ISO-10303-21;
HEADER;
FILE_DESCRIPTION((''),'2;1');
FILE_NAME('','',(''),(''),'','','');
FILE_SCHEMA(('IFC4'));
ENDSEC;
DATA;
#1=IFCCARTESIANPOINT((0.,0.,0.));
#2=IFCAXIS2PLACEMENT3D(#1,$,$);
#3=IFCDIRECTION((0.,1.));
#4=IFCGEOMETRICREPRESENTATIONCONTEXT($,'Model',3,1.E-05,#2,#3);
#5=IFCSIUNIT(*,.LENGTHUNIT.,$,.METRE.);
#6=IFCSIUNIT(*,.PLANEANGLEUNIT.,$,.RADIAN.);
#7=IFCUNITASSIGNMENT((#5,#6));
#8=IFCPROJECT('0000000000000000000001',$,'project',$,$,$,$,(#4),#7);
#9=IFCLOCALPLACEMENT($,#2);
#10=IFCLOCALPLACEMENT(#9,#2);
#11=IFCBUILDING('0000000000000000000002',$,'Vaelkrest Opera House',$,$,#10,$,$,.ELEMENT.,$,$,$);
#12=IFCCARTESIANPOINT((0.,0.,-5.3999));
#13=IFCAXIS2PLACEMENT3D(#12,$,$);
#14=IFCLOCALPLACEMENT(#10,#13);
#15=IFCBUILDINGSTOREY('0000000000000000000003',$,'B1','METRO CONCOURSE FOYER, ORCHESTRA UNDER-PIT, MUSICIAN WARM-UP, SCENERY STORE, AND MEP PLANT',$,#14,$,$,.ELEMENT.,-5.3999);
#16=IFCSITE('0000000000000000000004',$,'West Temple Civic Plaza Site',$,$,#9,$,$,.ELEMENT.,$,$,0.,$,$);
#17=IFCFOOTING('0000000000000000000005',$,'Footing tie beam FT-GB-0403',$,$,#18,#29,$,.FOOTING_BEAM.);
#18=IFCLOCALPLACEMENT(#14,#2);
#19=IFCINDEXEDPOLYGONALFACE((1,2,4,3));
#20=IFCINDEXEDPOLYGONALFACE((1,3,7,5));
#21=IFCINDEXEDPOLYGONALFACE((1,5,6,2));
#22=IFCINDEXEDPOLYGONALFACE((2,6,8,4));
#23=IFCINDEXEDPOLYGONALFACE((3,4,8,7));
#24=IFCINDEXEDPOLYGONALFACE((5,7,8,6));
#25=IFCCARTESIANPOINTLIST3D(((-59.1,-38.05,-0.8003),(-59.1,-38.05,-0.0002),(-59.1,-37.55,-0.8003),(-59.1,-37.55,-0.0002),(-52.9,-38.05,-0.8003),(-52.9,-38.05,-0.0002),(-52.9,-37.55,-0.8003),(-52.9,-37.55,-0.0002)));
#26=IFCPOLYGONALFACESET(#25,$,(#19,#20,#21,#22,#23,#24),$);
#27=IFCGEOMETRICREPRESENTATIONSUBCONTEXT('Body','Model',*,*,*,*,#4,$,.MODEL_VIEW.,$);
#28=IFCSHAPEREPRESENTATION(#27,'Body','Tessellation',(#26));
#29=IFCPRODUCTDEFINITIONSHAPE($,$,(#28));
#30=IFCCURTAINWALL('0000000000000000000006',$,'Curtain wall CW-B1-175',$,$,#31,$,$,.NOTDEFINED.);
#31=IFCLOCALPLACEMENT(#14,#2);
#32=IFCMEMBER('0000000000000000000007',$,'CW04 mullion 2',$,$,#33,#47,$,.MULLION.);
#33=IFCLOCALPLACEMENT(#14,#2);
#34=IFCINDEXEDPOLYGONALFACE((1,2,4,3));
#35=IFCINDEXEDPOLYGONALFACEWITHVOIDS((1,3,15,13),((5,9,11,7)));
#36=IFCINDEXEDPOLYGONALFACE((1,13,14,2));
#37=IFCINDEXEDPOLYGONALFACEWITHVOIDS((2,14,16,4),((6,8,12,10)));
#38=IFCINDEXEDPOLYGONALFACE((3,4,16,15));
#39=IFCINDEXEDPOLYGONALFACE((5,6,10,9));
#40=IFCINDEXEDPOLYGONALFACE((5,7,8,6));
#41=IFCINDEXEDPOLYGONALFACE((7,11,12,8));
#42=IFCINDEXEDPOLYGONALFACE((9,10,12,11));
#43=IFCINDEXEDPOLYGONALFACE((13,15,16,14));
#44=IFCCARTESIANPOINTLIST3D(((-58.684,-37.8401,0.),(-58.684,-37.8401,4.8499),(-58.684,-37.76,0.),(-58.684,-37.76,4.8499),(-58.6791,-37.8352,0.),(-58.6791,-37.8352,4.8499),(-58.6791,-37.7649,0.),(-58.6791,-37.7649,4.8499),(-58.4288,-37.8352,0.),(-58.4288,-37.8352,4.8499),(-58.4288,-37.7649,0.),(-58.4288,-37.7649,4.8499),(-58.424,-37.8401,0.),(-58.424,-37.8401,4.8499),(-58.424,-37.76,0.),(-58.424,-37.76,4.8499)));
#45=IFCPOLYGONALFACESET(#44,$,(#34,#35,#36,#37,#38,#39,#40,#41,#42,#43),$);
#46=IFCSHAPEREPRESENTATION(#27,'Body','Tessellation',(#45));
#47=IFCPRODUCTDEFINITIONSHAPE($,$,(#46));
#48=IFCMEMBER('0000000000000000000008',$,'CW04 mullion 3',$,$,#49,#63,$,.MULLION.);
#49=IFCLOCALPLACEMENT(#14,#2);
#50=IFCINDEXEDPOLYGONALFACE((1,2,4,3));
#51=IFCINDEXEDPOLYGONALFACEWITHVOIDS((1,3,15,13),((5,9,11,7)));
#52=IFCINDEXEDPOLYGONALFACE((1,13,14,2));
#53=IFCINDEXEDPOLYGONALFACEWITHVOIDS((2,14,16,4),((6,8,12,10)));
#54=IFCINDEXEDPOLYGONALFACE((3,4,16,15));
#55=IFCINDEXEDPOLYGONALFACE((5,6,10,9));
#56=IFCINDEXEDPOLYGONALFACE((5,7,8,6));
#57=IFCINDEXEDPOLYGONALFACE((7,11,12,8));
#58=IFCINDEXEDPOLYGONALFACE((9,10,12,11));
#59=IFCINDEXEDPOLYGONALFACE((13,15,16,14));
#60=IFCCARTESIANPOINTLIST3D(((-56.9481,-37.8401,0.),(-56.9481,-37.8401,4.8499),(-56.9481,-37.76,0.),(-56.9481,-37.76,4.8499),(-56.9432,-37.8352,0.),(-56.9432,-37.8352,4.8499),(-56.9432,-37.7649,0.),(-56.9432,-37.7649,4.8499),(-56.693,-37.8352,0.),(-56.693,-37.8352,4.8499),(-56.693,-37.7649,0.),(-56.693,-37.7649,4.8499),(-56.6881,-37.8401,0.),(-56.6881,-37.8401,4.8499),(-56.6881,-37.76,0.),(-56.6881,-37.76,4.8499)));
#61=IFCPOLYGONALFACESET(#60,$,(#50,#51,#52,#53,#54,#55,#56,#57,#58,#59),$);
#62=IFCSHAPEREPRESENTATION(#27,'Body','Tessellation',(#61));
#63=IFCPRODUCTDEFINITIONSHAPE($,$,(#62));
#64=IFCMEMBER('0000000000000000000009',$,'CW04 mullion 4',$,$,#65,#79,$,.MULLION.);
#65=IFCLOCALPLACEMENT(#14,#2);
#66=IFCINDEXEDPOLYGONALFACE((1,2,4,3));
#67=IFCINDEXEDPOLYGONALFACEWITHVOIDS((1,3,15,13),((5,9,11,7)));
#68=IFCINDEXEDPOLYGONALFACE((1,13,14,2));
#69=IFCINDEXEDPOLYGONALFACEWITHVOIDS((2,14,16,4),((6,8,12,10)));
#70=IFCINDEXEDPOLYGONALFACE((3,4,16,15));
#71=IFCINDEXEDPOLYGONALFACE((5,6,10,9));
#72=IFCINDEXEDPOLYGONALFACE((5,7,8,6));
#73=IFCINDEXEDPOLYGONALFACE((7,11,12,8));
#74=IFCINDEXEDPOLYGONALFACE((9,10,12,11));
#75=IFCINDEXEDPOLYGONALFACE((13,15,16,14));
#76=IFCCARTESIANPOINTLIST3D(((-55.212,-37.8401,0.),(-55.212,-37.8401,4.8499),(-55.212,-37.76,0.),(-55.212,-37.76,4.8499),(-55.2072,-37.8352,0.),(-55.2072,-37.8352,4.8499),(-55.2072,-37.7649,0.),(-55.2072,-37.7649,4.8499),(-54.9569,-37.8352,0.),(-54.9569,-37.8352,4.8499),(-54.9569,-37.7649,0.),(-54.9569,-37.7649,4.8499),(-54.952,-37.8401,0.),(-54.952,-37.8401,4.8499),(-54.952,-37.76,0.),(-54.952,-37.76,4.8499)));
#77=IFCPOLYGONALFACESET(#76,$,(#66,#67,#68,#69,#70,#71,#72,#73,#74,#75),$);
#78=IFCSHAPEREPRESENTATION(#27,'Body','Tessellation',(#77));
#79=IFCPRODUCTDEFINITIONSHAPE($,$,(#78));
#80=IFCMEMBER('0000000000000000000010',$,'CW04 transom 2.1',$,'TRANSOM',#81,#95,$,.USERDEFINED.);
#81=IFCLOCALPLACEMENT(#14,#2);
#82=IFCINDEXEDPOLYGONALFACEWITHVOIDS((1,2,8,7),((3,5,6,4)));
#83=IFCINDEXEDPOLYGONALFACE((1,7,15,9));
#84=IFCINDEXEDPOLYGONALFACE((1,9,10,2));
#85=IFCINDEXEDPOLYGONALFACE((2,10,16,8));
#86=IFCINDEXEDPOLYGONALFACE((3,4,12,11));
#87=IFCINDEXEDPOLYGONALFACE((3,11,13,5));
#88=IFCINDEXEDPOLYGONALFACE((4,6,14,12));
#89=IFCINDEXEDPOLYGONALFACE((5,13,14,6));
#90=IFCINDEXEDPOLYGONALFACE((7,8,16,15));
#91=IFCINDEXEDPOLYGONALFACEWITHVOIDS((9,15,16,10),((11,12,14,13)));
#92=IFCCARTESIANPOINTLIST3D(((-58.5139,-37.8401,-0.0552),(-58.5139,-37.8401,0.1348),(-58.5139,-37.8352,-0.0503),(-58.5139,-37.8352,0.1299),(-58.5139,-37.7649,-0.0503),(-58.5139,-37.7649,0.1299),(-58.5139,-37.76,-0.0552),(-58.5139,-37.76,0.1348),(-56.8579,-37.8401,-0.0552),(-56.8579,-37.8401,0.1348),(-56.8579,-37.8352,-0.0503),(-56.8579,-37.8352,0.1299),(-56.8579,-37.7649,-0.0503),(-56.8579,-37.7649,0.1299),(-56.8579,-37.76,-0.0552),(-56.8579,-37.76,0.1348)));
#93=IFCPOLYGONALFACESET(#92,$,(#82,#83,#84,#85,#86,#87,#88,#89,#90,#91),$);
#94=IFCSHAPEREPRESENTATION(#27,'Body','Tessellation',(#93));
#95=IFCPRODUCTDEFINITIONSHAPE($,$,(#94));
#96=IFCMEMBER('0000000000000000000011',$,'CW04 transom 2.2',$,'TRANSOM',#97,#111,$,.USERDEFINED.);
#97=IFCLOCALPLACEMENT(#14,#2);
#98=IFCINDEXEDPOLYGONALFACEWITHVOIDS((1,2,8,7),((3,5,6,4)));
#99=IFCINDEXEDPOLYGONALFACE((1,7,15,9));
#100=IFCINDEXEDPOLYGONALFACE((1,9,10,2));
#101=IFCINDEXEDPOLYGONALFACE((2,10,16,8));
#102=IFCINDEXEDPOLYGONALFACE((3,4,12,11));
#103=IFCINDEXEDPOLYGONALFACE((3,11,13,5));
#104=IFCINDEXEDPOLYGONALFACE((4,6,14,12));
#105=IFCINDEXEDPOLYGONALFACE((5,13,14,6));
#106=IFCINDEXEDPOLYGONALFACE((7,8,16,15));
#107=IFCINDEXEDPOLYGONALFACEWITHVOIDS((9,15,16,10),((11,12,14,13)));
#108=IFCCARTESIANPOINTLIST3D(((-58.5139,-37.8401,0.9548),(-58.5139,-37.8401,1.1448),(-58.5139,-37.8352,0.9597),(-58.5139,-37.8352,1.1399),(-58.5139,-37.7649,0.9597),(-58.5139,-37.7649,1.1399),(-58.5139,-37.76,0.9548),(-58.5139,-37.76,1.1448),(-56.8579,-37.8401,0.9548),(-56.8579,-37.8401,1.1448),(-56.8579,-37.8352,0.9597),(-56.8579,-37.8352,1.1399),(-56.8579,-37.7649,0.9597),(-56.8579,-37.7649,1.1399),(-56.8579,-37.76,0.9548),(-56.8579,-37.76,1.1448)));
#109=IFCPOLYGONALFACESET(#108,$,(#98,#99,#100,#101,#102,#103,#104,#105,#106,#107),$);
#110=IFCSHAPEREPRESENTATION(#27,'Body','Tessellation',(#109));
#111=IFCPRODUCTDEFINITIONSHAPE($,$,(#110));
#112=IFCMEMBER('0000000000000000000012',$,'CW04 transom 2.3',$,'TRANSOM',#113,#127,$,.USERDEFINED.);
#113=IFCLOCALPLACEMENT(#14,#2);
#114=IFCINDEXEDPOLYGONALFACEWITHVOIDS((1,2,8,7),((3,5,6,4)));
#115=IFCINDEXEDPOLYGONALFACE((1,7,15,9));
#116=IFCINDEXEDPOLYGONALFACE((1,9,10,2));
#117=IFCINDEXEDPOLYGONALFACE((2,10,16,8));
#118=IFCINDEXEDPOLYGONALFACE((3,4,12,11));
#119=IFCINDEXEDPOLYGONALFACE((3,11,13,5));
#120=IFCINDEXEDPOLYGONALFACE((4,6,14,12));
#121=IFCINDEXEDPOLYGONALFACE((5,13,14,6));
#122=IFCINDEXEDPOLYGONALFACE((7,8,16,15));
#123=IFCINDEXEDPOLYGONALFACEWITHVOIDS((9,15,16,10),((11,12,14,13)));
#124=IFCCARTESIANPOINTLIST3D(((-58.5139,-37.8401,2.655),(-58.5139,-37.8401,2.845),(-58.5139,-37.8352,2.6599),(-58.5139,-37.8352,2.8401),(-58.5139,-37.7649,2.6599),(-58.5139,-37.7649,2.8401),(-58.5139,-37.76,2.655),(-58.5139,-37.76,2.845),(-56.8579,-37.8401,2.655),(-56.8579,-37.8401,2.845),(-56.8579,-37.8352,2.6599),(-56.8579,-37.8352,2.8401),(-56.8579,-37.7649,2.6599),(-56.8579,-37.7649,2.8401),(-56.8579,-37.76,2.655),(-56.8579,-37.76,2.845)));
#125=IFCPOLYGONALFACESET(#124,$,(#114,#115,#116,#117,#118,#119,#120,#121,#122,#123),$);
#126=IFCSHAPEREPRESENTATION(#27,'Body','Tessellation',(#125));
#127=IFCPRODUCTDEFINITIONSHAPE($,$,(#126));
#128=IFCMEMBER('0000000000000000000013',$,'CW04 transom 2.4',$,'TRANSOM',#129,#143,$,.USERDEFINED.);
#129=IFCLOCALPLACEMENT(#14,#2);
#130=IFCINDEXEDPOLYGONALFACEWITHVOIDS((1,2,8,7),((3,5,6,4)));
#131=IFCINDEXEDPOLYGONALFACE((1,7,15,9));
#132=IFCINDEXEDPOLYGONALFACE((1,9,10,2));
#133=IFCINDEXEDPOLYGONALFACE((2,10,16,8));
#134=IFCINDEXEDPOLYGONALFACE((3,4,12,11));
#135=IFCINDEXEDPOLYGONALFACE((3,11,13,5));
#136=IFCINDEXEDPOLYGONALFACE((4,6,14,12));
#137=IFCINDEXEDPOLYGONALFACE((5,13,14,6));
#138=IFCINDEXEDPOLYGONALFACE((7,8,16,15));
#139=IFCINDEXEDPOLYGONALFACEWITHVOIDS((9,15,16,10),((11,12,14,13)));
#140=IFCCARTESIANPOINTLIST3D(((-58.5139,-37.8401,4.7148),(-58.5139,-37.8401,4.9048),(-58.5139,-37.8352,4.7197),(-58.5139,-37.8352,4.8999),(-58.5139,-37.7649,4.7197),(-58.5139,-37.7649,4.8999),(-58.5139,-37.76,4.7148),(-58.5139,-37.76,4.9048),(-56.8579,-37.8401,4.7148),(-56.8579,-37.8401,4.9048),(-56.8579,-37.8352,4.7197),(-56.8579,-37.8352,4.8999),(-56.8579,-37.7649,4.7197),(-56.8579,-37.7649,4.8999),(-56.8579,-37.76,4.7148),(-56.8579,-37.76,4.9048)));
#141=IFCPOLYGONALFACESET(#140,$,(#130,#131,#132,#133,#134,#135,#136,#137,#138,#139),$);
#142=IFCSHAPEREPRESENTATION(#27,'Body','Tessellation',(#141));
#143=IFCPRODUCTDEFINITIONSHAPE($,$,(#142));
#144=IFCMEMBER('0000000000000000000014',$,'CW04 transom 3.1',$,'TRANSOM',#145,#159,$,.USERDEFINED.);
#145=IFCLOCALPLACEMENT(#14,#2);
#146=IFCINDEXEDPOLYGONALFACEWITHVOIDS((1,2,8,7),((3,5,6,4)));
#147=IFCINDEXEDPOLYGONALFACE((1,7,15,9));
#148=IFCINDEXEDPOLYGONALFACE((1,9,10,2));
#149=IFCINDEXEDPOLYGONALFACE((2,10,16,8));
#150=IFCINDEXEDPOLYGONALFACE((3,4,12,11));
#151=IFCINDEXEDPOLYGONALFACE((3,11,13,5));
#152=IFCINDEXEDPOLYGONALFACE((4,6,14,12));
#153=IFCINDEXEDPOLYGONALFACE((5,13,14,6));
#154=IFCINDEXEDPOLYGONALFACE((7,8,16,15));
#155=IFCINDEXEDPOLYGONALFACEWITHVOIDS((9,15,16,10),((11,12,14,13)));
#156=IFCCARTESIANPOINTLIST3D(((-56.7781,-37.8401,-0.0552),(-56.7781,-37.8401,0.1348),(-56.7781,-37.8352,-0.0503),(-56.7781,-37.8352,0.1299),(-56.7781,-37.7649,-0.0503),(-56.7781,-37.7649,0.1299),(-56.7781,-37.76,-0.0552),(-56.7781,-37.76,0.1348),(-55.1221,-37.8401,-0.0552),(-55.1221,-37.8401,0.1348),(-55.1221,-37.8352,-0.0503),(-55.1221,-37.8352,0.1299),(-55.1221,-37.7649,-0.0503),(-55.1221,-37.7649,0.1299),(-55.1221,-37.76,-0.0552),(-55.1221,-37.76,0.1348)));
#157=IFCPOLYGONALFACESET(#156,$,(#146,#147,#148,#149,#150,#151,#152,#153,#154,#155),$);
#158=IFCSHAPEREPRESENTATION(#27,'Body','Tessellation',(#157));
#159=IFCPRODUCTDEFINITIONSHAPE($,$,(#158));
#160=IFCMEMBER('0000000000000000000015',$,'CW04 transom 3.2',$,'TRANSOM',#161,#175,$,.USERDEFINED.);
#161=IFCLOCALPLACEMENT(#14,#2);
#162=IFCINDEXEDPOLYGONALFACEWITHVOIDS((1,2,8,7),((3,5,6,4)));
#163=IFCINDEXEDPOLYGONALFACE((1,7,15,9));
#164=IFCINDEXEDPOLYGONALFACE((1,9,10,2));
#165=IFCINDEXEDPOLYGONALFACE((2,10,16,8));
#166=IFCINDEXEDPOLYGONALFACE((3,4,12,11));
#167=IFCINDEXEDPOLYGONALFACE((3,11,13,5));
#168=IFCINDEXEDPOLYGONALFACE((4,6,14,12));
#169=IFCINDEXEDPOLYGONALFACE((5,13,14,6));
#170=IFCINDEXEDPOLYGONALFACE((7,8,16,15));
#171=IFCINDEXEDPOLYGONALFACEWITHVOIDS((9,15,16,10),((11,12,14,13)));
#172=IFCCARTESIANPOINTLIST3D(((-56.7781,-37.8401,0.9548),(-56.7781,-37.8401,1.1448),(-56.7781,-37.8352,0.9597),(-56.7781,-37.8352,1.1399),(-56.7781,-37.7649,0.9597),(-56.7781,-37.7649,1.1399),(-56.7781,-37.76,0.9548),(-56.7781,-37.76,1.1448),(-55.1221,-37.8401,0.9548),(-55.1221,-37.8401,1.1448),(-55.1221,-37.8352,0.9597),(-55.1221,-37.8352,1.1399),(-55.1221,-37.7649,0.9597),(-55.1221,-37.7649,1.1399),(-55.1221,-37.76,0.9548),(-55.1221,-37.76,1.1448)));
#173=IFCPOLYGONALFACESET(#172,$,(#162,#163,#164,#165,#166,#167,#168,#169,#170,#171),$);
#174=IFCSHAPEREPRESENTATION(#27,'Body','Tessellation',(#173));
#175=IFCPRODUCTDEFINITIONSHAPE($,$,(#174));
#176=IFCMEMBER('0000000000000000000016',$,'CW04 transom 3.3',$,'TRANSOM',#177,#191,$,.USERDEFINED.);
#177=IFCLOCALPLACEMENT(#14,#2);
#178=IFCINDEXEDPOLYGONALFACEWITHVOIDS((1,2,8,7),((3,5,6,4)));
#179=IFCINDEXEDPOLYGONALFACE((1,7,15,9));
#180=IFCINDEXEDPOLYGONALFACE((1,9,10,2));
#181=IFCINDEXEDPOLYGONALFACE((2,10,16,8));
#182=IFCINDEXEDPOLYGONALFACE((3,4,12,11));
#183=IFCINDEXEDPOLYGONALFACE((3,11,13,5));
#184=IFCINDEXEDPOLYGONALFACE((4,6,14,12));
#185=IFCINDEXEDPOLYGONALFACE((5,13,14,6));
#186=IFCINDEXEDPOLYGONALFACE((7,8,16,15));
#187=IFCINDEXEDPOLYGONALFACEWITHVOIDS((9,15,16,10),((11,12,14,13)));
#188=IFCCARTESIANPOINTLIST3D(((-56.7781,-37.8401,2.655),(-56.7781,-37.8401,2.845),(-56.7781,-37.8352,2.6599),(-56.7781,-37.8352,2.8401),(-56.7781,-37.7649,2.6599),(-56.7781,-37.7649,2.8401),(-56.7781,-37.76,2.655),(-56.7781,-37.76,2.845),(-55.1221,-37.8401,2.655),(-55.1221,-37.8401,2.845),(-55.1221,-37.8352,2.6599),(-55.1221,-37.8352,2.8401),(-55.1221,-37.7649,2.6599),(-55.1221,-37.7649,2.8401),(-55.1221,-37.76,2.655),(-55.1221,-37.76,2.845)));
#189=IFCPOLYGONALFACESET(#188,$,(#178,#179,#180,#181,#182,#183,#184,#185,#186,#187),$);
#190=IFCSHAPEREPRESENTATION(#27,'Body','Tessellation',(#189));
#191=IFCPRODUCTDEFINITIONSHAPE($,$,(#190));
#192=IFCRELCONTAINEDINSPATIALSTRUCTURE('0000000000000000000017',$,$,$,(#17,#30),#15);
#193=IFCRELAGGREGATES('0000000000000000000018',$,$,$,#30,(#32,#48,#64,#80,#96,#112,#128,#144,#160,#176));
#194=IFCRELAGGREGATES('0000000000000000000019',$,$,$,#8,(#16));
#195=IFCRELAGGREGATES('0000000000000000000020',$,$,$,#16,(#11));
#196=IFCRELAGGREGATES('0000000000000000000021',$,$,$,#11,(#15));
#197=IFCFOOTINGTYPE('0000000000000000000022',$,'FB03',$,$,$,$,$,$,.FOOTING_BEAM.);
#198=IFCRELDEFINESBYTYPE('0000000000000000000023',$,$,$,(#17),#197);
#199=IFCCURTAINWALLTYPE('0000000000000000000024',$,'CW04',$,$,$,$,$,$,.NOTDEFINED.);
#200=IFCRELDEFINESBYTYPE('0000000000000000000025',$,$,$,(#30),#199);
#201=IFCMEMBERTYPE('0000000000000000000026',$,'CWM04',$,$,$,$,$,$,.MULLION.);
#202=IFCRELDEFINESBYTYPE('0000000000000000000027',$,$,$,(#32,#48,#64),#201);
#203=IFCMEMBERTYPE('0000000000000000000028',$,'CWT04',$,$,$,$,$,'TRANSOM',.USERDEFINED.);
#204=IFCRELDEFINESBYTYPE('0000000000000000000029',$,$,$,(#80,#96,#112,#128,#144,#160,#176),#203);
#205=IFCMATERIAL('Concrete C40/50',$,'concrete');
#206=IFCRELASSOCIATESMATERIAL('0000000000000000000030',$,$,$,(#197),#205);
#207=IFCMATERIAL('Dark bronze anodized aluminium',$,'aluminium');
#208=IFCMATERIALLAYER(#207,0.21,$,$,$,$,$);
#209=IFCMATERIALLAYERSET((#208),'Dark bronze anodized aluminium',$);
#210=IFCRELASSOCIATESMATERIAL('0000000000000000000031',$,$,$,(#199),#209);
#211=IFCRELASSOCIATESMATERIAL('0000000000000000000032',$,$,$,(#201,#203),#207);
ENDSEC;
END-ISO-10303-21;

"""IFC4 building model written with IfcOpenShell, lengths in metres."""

from ifc_helpers import new_model, si_unit, direction, frame, origin, origin_2d, place, context, subcontext, project, spatial, rectangle, hollow_rectangle, extrude, material, layer, layer_set, material_profile, profile_set, type_object, element, aggregate, save


model = new_model("IFC4")

# Units and contexts
model_context = context("Model", 3, precision=1e-05, world=origin(), true_north=direction((0.0, 1.0)))
body_context = subcontext(model_context, "Body", "Model", "MODEL_VIEW")
ifc_project = project(units=[si_unit("LENGTHUNIT", "METRE"), si_unit("PLANEANGLEUNIT", "RADIAN")], contexts=[model_context])

# Site, building, storey
site_placement = place(None, origin())
site = spatial("IfcSite", under=ifc_project, at=site_placement, Name="West Temple Civic Plaza Site", CompositionType="ELEMENT", RefElevation=0.0)
building_placement = place(site_placement, origin())
building = spatial("IfcBuilding", under=site, at=building_placement, Name="Vaelkrest Opera House", CompositionType="ELEMENT")
storey_placement = place(building_placement, frame((0.0, 0.0, -5.3999)))
storey = spatial("IfcBuildingStorey", under=building, at=storey_placement, Name="B1", Description="METRO CONCOURSE FOYER, ORCHESTRA UNDER-PIT, MUSICIAN WARM-UP, SCENERY STORE, AND MEP PLANT", CompositionType="ELEMENT", Elevation=-5.3999)

# Footing
ifc_material_1 = material(Name="Concrete C40/50", Category="concrete")
footing_type = type_object("IfcFootingType", Name="FB03", PredefinedType="FOOTING_BEAM", material=ifc_material_1)
footing_placement = place(storey_placement, frame((-56.0, -37.8, -0.8003), z_axis=(0.0, 0.0, 1.0), x_axis=(1.0, 0.0, 0.0)))
element("IfcFooting", 1, at=footing_placement, inside=storey, type_object=footing_type, Name="Footing tie beam FT-GB-0403", PredefinedType="FOOTING_BEAM", context=body_context, shape_type="SweptSolid", body=[
    extrude(rectangle(XDim=6.2, YDim=0.5, at=origin_2d()), origin(), (0.0, 0.0, 1.0), 0.8),
])

# Curtain wall, members
ifc_material_2 = material(Name="Dark bronze anodized aluminium", Category="aluminium")
ifc_layer_1 = layer(ifc_material_2, 0.21)
ifc_layer_set_1 = layer_set([ifc_layer_1], Name="Dark bronze anodized aluminium")
curtain_wall_type = type_object("IfcCurtainWallType", Name="CW04", PredefinedType="NOTDEFINED", material=ifc_layer_set_1)
curtain_wall_placement = place(storey_placement, origin())
curtain_wall = element("IfcCurtainWall", 2, at=curtain_wall_placement, inside=storey, type_object=curtain_wall_type, Name="Curtain wall CW-B1-175", PredefinedType="NOTDEFINED")
ifc_material_profile_1 = material_profile(ifc_material_2, hollow_rectangle(XDim=0.0801, YDim=0.26, WallThickness=0.0049, at=origin_2d()), Name="CWM80X260")
ifc_profile_set_1 = profile_set([ifc_material_profile_1], Name="Dark bronze anodized aluminium")
member_type_1 = type_object("IfcMemberType", Name="CWM04", PredefinedType="MULLION", material=ifc_profile_set_1)
member_1_placement = place(storey_placement, frame((-58.554, -37.8, 0.0), z_axis=(0.0, 0.0, 1.0), x_axis=(0.0, 1.0, 0.0)))
member_1 = element("IfcMember", 3, at=member_1_placement, type_object=member_type_1, Name="CW04 mullion 2", PredefinedType="MULLION", context=body_context, shape_type="SweptSolid", body=[
    extrude(hollow_rectangle(XDim=0.0801, YDim=0.26, WallThickness=0.0049, at=origin_2d()), origin(), (0.0, 0.0, 1.0), 4.8499),
])
member_2_placement = place(storey_placement, frame((-56.8181, -37.8, 0.0), z_axis=(0.0, 0.0, 1.0), x_axis=(0.0, 1.0, 0.0)))
member_2 = element("IfcMember", 4, at=member_2_placement, type_object=member_type_1, Name="CW04 mullion 3", PredefinedType="MULLION", context=body_context, shape_type="SweptSolid", body=[
    extrude(hollow_rectangle(XDim=0.0801, YDim=0.26, WallThickness=0.0049, at=origin_2d()), origin(), (0.0, 0.0, 1.0), 4.8499),
])
member_3_placement = place(storey_placement, frame((-55.082, -37.8, 0.0), z_axis=(0.0, 0.0, 1.0), x_axis=(0.0, 1.0, 0.0)))
member_3 = element("IfcMember", 5, at=member_3_placement, type_object=member_type_1, Name="CW04 mullion 4", PredefinedType="MULLION", context=body_context, shape_type="SweptSolid", body=[
    extrude(hollow_rectangle(XDim=0.0801, YDim=0.26, WallThickness=0.0049, at=origin_2d()), origin(), (0.0, 0.0, 1.0), 4.8499),
])
ifc_material_profile_2 = material_profile(ifc_material_2, hollow_rectangle(XDim=0.0801, YDim=0.1899, WallThickness=0.0049, at=origin_2d()), Name="CWT80X190")
ifc_profile_set_2 = profile_set([ifc_material_profile_2], Name="Dark bronze anodized aluminium")
member_type_2 = type_object("IfcMemberType", Name="CWT04", ElementType="TRANSOM", PredefinedType="USERDEFINED", material=ifc_profile_set_2)
member_4_placement = place(storey_placement, frame((-58.5139, -37.8, 0.0398), z_axis=(1.0, 0.0, 0.0), x_axis=(0.0, 1.0, 0.0)))
member_4 = element("IfcMember", 6, at=member_4_placement, type_object=member_type_2, Name="CW04 transom 2.1", ObjectType="TRANSOM", PredefinedType="USERDEFINED", context=body_context, shape_type="SweptSolid", body=[
    extrude(hollow_rectangle(XDim=0.0801, YDim=0.1899, WallThickness=0.0049, at=origin_2d()), origin(), (0.0, 0.0, 1.0), 1.656),
])
member_5_placement = place(storey_placement, frame((-58.5139, -37.8, 1.0498), z_axis=(1.0, 0.0, 0.0), x_axis=(0.0, 1.0, 0.0)))
member_5 = element("IfcMember", 7, at=member_5_placement, type_object=member_type_2, Name="CW04 transom 2.2", ObjectType="TRANSOM", PredefinedType="USERDEFINED", context=body_context, shape_type="SweptSolid", body=[
    extrude(hollow_rectangle(XDim=0.0801, YDim=0.1899, WallThickness=0.0049, at=origin_2d()), origin(), (0.0, 0.0, 1.0), 1.656),
])
member_6_placement = place(storey_placement, frame((-58.5139, -37.8, 2.75), z_axis=(1.0, 0.0, 0.0), x_axis=(0.0, 1.0, 0.0)))
member_6 = element("IfcMember", 8, at=member_6_placement, type_object=member_type_2, Name="CW04 transom 2.3", ObjectType="TRANSOM", PredefinedType="USERDEFINED", context=body_context, shape_type="SweptSolid", body=[
    extrude(hollow_rectangle(XDim=0.0801, YDim=0.1899, WallThickness=0.0049, at=origin_2d()), origin(), (0.0, 0.0, 1.0), 1.656),
])
member_7_placement = place(storey_placement, frame((-58.5139, -37.8, 4.8098), z_axis=(1.0, 0.0, 0.0), x_axis=(0.0, 1.0, 0.0)))
member_7 = element("IfcMember", 9, at=member_7_placement, type_object=member_type_2, Name="CW04 transom 2.4", ObjectType="TRANSOM", PredefinedType="USERDEFINED", context=body_context, shape_type="SweptSolid", body=[
    extrude(hollow_rectangle(XDim=0.0801, YDim=0.1899, WallThickness=0.0049, at=origin_2d()), origin(), (0.0, 0.0, 1.0), 1.656),
])
member_8_placement = place(storey_placement, frame((-56.7781, -37.8, 0.0398), z_axis=(1.0, 0.0, 0.0), x_axis=(0.0, 1.0, 0.0)))
member_8 = element("IfcMember", 10, at=member_8_placement, type_object=member_type_2, Name="CW04 transom 3.1", ObjectType="TRANSOM", PredefinedType="USERDEFINED", context=body_context, shape_type="SweptSolid", body=[
    extrude(hollow_rectangle(XDim=0.0801, YDim=0.1899, WallThickness=0.0049, at=origin_2d()), origin(), (0.0, 0.0, 1.0), 1.656),
])
member_9_placement = place(storey_placement, frame((-56.7781, -37.8, 1.0498), z_axis=(1.0, 0.0, 0.0), x_axis=(0.0, 1.0, 0.0)))
member_9 = element("IfcMember", 11, at=member_9_placement, type_object=member_type_2, Name="CW04 transom 3.2", ObjectType="TRANSOM", PredefinedType="USERDEFINED", context=body_context, shape_type="SweptSolid", body=[
    extrude(hollow_rectangle(XDim=0.0801, YDim=0.1899, WallThickness=0.0049, at=origin_2d()), origin(), (0.0, 0.0, 1.0), 1.656),
])
member_10_placement = place(storey_placement, frame((-56.7781, -37.8, 2.75), z_axis=(1.0, 0.0, 0.0), x_axis=(0.0, 1.0, 0.0)))
member_10 = element("IfcMember", 12, at=member_10_placement, type_object=member_type_2, Name="CW04 transom 3.3", ObjectType="TRANSOM", PredefinedType="USERDEFINED", context=body_context, shape_type="SweptSolid", body=[
    extrude(hollow_rectangle(XDim=0.0801, YDim=0.1899, WallThickness=0.0049, at=origin_2d()), origin(), (0.0, 0.0, 1.0), 1.656),
])
aggregate(curtain_wall, [member_1, member_2, member_3, member_4, member_5, member_6, member_7, member_8, member_9, member_10])

save(model, "model.ifc")
